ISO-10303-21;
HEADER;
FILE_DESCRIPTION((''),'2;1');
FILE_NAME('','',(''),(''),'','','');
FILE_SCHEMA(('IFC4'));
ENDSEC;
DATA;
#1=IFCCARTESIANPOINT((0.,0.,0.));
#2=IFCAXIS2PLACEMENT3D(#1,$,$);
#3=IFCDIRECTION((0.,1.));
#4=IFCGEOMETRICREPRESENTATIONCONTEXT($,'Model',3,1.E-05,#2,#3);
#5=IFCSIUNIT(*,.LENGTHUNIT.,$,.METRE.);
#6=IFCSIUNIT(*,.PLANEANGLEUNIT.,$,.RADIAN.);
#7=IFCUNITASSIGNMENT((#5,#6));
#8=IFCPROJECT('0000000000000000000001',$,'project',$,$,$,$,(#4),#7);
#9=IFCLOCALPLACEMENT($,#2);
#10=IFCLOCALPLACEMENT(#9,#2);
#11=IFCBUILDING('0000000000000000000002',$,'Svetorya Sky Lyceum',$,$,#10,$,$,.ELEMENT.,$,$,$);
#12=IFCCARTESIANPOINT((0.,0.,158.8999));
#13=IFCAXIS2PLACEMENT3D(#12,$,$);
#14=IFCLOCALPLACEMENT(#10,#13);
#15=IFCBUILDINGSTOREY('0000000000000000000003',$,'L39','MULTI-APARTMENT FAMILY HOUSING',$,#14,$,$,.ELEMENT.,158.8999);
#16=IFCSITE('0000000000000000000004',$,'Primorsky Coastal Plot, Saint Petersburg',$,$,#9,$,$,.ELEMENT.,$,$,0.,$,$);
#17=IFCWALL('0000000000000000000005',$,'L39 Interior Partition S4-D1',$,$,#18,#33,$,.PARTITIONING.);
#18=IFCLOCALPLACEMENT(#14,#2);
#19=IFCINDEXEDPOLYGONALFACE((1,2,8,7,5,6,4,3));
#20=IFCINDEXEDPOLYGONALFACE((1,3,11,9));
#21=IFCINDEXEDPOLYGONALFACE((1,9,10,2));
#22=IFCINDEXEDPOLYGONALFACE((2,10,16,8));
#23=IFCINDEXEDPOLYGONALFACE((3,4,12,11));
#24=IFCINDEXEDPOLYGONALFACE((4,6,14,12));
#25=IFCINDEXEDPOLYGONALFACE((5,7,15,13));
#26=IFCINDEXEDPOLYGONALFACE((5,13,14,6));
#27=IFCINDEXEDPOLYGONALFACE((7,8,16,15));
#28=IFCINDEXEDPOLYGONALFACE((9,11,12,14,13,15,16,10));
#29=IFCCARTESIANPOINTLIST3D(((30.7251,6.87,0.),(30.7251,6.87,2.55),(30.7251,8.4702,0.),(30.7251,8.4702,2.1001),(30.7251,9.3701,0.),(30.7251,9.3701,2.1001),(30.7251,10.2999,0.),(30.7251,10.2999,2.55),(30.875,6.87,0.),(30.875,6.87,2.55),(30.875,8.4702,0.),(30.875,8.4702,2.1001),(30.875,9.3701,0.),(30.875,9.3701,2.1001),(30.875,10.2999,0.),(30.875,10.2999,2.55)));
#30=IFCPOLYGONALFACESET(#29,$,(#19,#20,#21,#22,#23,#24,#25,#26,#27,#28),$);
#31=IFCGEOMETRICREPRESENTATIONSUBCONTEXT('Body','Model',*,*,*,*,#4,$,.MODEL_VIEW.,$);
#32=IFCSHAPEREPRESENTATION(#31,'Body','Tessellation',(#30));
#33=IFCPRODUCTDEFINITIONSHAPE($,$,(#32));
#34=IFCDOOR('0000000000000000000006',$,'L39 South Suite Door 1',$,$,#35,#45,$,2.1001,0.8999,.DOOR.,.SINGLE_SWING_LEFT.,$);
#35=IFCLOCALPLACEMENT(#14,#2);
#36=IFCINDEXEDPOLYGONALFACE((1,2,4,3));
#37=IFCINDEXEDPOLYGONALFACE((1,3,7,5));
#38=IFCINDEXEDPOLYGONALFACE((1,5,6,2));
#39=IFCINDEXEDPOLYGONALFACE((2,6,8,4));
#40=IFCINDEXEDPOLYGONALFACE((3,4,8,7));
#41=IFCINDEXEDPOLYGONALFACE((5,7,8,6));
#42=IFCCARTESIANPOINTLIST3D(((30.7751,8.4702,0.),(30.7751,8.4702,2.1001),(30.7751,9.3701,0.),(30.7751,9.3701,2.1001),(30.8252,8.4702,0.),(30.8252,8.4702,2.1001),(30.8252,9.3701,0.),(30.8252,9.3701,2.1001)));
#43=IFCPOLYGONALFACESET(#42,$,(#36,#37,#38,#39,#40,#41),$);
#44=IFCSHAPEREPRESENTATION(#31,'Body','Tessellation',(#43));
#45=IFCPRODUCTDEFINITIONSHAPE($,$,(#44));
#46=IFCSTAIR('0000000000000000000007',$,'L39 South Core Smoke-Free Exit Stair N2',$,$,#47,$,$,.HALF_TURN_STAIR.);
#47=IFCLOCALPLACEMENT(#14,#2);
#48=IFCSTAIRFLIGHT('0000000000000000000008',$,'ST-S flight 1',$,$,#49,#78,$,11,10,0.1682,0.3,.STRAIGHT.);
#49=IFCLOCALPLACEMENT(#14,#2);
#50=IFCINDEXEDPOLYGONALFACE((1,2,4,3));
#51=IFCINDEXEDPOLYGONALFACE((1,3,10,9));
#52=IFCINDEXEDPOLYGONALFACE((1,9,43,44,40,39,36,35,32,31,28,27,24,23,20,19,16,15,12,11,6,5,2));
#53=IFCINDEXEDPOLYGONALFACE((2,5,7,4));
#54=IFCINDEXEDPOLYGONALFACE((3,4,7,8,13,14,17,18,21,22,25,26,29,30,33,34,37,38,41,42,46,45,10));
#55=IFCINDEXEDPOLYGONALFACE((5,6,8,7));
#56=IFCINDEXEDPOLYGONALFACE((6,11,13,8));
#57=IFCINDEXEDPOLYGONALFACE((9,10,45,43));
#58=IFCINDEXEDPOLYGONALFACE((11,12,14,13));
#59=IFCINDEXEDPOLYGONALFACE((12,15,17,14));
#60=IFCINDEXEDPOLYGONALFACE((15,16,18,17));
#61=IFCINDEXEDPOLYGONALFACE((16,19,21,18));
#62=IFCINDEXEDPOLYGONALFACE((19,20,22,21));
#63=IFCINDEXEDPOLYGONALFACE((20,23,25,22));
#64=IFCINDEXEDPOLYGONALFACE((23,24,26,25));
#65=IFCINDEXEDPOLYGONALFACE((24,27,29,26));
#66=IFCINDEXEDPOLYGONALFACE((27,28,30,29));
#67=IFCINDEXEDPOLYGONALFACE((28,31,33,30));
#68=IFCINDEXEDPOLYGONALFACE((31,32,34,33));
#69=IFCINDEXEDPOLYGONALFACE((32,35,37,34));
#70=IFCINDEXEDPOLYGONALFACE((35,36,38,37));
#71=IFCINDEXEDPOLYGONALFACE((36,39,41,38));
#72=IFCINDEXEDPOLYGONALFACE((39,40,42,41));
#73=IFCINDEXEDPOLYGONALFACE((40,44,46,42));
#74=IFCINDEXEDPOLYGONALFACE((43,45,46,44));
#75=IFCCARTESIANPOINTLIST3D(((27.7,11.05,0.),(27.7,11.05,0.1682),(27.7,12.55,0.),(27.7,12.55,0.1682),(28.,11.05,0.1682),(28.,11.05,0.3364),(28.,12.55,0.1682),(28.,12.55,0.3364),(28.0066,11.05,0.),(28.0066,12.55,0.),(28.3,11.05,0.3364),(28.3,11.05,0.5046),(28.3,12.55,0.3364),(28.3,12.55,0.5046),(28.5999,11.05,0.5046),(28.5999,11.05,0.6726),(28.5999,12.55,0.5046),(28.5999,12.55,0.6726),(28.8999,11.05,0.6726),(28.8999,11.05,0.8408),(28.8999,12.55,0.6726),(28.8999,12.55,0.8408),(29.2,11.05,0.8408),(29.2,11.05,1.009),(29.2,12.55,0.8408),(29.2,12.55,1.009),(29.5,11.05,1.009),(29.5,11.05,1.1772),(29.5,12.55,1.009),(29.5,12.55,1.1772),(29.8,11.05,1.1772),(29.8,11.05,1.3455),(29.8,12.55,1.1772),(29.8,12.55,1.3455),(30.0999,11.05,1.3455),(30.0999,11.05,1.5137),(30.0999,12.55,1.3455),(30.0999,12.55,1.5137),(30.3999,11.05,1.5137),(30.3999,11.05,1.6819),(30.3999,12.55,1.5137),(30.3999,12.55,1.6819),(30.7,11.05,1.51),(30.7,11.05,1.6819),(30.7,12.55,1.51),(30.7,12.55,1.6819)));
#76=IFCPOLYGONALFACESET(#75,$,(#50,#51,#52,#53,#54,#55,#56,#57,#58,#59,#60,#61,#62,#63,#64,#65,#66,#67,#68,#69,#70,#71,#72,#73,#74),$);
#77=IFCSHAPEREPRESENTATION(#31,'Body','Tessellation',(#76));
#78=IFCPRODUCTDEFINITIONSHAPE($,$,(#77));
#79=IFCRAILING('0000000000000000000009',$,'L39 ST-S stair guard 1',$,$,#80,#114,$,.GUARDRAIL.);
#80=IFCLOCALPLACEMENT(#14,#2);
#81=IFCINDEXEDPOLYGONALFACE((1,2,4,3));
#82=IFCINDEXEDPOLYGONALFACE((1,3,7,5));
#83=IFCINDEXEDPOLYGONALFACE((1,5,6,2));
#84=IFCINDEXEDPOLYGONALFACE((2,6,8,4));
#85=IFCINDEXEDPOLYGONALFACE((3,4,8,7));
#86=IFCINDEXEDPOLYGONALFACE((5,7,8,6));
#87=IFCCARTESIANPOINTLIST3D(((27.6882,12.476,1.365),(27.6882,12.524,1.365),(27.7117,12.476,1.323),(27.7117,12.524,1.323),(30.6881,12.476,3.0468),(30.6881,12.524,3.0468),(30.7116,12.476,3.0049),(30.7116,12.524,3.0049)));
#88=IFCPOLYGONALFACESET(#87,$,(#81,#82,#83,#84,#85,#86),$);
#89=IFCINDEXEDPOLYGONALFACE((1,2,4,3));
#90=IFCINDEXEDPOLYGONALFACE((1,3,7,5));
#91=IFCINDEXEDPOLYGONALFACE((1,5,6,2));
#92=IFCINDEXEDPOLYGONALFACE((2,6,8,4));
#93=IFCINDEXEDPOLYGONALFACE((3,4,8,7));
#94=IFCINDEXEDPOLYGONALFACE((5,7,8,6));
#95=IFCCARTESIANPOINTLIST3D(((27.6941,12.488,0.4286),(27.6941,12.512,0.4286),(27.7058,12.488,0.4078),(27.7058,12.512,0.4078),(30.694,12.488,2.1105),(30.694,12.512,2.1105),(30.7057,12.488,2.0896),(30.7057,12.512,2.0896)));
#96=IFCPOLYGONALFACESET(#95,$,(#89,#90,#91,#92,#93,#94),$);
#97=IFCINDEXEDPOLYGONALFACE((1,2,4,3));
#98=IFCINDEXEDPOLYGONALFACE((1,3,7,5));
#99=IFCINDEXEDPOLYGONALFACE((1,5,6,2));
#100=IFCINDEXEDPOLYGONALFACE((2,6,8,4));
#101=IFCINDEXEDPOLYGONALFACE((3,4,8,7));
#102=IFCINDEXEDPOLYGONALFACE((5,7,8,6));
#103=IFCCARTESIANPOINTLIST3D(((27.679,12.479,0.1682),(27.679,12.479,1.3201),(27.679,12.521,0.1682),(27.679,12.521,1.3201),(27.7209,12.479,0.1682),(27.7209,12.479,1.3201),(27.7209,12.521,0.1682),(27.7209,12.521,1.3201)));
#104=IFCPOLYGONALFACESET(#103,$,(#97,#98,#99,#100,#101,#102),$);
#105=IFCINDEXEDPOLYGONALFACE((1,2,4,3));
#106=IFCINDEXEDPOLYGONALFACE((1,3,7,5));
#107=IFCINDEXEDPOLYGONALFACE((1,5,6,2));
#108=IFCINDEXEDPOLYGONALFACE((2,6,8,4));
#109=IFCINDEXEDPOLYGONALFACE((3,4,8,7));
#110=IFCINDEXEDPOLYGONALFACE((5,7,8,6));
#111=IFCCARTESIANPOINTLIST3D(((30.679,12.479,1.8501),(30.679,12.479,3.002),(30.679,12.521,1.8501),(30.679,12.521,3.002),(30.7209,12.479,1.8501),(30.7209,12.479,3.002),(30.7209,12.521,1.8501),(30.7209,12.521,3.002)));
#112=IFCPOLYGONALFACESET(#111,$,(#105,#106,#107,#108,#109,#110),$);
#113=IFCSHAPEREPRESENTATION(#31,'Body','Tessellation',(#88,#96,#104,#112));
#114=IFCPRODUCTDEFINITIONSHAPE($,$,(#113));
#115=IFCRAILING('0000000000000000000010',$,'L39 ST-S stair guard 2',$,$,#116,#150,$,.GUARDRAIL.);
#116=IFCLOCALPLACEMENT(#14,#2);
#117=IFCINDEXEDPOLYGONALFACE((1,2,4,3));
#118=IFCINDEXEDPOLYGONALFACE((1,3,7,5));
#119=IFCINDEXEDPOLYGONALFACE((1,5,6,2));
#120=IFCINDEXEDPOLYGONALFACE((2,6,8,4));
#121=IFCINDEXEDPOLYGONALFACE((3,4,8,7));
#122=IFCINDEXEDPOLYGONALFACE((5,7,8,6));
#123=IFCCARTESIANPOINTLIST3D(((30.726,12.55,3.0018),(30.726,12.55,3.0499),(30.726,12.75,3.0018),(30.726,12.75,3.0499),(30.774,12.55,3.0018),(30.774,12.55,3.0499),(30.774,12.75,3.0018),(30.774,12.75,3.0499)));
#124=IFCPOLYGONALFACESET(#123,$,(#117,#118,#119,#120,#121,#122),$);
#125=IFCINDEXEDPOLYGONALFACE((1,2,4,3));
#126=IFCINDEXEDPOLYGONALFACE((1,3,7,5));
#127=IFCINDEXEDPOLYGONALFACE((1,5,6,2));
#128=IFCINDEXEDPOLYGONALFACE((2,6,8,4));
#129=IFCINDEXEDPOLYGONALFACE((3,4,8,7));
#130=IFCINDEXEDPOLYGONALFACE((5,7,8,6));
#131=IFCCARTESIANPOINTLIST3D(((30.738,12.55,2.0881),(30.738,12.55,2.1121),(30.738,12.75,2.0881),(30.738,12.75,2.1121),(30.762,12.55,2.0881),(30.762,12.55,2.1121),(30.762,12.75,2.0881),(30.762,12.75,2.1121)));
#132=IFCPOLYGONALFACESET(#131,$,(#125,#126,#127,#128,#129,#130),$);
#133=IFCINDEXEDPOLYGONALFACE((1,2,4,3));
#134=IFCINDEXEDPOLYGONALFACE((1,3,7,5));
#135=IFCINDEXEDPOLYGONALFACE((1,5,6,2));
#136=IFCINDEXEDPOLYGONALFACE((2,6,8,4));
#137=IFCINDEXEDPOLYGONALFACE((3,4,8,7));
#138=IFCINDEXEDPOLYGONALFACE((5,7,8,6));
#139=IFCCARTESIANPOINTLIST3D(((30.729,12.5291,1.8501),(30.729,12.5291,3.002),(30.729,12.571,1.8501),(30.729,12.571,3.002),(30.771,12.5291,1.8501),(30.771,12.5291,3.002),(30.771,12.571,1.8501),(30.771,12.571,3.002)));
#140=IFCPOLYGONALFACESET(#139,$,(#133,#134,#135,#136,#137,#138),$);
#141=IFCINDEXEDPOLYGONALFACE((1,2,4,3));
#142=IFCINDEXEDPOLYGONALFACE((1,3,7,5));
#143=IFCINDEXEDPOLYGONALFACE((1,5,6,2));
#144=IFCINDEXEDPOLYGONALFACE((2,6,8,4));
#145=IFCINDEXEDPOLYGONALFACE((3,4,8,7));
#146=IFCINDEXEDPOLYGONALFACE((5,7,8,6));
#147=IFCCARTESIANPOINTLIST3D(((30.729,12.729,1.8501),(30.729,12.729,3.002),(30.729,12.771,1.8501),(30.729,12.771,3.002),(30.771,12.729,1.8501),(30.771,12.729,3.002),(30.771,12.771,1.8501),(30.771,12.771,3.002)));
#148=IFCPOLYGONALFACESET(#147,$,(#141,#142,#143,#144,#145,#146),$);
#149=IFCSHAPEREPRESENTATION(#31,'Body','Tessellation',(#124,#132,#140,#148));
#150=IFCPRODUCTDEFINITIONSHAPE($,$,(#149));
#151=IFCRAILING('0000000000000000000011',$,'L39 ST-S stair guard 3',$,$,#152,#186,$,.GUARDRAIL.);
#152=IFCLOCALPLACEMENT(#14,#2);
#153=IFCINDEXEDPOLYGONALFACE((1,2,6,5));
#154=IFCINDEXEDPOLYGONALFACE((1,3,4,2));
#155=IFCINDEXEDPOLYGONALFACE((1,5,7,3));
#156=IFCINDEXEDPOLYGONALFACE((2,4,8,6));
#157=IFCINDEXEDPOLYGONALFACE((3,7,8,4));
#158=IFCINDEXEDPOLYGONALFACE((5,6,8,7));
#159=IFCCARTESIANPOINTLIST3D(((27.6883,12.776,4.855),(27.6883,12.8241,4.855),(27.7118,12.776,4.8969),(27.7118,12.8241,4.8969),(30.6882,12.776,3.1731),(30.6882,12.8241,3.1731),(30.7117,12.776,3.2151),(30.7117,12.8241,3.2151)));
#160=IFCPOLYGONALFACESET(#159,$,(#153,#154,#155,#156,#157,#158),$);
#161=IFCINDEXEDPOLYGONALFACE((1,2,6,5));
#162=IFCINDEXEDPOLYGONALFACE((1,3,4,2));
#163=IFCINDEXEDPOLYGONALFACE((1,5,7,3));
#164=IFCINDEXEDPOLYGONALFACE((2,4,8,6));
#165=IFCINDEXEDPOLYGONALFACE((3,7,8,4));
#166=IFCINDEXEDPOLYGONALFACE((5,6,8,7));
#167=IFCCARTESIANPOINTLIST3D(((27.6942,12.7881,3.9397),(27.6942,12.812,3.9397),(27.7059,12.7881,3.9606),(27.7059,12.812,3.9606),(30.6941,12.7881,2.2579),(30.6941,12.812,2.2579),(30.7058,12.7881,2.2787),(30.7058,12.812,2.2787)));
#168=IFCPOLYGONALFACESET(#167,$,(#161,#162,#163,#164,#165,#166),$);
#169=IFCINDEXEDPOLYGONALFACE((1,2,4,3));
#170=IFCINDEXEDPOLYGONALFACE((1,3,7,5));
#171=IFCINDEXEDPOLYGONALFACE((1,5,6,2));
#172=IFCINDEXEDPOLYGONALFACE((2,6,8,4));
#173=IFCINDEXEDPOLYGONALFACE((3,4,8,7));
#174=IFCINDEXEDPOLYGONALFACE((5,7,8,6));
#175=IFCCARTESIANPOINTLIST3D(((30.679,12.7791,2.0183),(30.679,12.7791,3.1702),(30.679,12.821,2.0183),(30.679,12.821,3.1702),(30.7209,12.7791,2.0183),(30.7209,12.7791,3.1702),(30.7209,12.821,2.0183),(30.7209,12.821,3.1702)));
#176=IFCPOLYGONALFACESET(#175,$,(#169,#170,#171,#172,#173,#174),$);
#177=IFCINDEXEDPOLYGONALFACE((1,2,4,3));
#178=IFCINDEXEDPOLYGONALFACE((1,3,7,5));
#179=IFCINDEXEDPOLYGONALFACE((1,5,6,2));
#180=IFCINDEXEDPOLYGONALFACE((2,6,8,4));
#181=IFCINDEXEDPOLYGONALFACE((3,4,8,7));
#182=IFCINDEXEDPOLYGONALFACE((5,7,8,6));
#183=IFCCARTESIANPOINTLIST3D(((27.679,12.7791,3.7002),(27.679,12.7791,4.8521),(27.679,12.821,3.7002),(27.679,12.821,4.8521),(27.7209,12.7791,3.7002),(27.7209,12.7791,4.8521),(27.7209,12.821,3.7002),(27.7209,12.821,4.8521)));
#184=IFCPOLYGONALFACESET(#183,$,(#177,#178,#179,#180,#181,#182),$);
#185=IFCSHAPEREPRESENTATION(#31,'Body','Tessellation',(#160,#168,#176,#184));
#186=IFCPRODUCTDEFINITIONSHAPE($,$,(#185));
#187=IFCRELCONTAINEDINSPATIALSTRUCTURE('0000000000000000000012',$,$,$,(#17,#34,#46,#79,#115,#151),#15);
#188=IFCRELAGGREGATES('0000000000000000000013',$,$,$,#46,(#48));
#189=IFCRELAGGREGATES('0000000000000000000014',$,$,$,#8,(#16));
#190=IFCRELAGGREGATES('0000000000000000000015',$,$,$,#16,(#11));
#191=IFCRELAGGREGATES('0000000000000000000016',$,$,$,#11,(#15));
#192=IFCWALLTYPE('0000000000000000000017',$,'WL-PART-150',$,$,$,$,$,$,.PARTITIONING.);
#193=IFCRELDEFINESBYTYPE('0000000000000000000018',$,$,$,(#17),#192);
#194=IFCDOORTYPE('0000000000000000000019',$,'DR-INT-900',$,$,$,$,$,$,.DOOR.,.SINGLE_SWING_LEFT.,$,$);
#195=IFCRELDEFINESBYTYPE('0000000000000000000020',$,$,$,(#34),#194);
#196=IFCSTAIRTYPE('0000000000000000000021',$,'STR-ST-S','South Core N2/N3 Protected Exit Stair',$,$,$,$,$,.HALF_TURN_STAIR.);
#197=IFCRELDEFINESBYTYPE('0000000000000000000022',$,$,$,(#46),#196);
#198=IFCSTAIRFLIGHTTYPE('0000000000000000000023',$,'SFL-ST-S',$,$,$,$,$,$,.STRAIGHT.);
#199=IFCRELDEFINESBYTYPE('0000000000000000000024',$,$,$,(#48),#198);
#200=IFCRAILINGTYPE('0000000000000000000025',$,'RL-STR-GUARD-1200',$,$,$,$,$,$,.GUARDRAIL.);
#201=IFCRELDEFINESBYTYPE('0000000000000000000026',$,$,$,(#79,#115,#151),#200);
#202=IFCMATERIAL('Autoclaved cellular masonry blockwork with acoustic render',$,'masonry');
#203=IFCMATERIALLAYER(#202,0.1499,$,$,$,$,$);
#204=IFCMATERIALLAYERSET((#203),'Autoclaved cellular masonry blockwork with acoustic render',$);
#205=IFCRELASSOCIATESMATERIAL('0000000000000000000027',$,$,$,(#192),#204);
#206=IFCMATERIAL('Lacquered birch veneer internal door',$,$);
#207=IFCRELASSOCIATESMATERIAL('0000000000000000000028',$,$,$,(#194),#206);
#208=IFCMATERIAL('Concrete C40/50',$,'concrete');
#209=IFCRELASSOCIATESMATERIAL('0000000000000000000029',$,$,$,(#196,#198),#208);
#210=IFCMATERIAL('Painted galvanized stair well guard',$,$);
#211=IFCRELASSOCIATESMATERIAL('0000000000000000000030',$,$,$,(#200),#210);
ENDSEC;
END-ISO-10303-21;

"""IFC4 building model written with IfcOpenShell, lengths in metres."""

from ifc_helpers import new_model, si_unit, direction, frame, frame_2d, origin, origin_2d, place, context, subcontext, project, spatial, polyline, rectangle, outline, extrude, material, layer, layer_set, type_object, element, fill, aggregate, save


model = new_model("IFC4")

# Units and contexts
model_context = context("Model", 3, precision=1e-05, world=origin(), true_north=direction((0.0, 1.0)))
body_context = subcontext(model_context, "Body", "Model", "MODEL_VIEW")
ifc_project = project(units=[si_unit("LENGTHUNIT", "METRE"), si_unit("PLANEANGLEUNIT", "RADIAN")], contexts=[model_context])

# Site, building, storey
site_placement = place(None, origin())
site = spatial("IfcSite", under=ifc_project, at=site_placement, Name="Primorsky Coastal Plot, Saint Petersburg", CompositionType="ELEMENT", RefElevation=0.0)
building_placement = place(site_placement, origin())
building = spatial("IfcBuilding", under=site, at=building_placement, Name="Svetorya Sky Lyceum", CompositionType="ELEMENT")
storey_placement = place(building_placement, frame((0.0, 0.0, 158.8999)))
storey = spatial("IfcBuildingStorey", under=building, at=storey_placement, Name="L39", Description="MULTI-APARTMENT FAMILY HOUSING", CompositionType="ELEMENT", Elevation=158.8999)

# Shared definitions
ifc_material_1 = material(Name="Concrete C40/50", Category="concrete")

# Wall, opening, door
ifc_material_2 = material(Name="Autoclaved cellular masonry blockwork with acoustic render", Category="masonry")
ifc_layer_1 = layer(ifc_material_2, 0.1499)
ifc_layer_set_1 = layer_set([ifc_layer_1], Name="Autoclaved cellular masonry blockwork with acoustic render")
wall_type_1 = type_object("IfcWallType", Name="WL-PART-150", PredefinedType="PARTITIONING", material=ifc_layer_set_1)
wall_1_placement = place(storey_placement, frame((30.8, 6.8701, 0.0), z_axis=(0.0, 0.0, 1.0), x_axis=(0.0, 1.0, 0.0)))
wall_1 = element("IfcWall", 1, at=wall_1_placement, inside=storey, type_object=wall_type_1, Name="L39 Interior Partition S4-D1", PredefinedType="PARTITIONING", context=body_context, shape_type="SweptSolid", body=[
    extrude(rectangle(XDim=3.4299, YDim=0.1499, at=frame_2d((1.7148, 0.0))), origin(), (0.0, 0.0, 1.0), 2.55),
])
opening_placement = place(wall_1_placement, frame((1.6001, 0.0, 0.0)))
opening = element("IfcOpeningElement", 2, at=opening_placement, cuts=wall_1, PredefinedType="OPENING", context=body_context, shape_type="SweptSolid", body=[
    extrude(rectangle(XDim=0.8999, YDim=2.1001, at=frame_2d((0.45, 1.05))), frame((0.0, 0.085, 0.0), z_axis=(0.0, -1.0, 0.0), x_axis=(1.0, 0.0, 0.0)), (0.0, 0.0, 1.0), 0.1699),
])
ifc_material_3 = material(Name="Lacquered birch veneer internal door")
door_type = type_object("IfcDoorType", Name="DR-INT-900", OperationType="SINGLE_SWING_LEFT", PredefinedType="DOOR", material=ifc_material_3)
door_placement = place(opening_placement, origin())
door = element("IfcDoor", 3, at=door_placement, inside=storey, type_object=door_type, Name="L39 South Suite Door 1", OperationType="SINGLE_SWING_LEFT", OverallHeight=2.1001, OverallWidth=0.8999, PredefinedType="DOOR", context=body_context, shape_type="SweptSolid", body=[
    extrude(rectangle(XDim=0.8999, YDim=2.1001, at=frame_2d((0.45, 1.05))), frame((0.0, 0.0249, 0.0), z_axis=(0.0, -1.0, 0.0), x_axis=(1.0, 0.0, 0.0)), (0.0, 0.0, 1.0), 0.05),
])
fill(opening, door)

# Stair, stair flight
stair_type = type_object("IfcStairType", Name="STR-ST-S", Description="South Core N2/N3 Protected Exit Stair", PredefinedType="HALF_TURN_STAIR", material=ifc_material_1)
stair_placement = place(storey_placement, origin())
stair = element("IfcStair", 4, at=stair_placement, inside=storey, type_object=stair_type, Name="L39 South Core Smoke-Free Exit Stair N2", PredefinedType="HALF_TURN_STAIR")
stair_flight_type = type_object("IfcStairFlightType", Name="SFL-ST-S", PredefinedType="STRAIGHT", material=ifc_material_1)
stair_flight_placement = place(storey_placement, frame((27.7, 11.8, 0.0), z_axis=(0.0, 0.0, 1.0), x_axis=(1.0, 0.0, 0.0)))
stair_flight = element("IfcStairFlight", 5, at=stair_flight_placement, type_object=stair_flight_type, Name="ST-S flight 1", NumberOfRisers=11, NumberOfTreads=10, PredefinedType="STRAIGHT", RiserHeight=0.1682, TreadLength=0.3, context=body_context, shape_type="SweptSolid", body=[
    extrude(outline(polyline([(0.0, 0.0), (0.0, 0.1682), (0.3, 0.1682), (0.3, 0.3364), (0.6001, 0.3364), (0.6001, 0.5046), (0.8999, 0.5046), (0.8999, 0.6726), (1.2, 0.6726), (1.2, 0.8408), (1.5, 0.8408), (1.5, 1.009), (1.8, 1.009), (1.8, 1.1772), (2.1001, 1.1772), (2.1001, 1.3455), (2.3999, 1.3455), (2.3999, 1.5137), (2.7, 1.5137), (2.7, 1.6819), (3.0, 1.6819), (3.0, 1.8501), (3.0, 1.51), (0.3066, 0.0), (0.0, 0.0)])), frame((0.0, 0.75, 0.0), z_axis=(0.0, -1.0, 0.0), x_axis=(1.0, 0.0, 0.0)), (0.0, 0.0, 1.0), 1.5),
])
aggregate(stair, [stair_flight])

# Railings
ifc_material_4 = material(Name="Painted galvanized stair well guard")
railing_type_1 = type_object("IfcRailingType", Name="RL-STR-GUARD-1200", PredefinedType="GUARDRAIL", material=ifc_material_4)
railing_1_placement = place(storey_placement, frame((27.7, 12.5, 0.1682)))
element("IfcRailing", 6, at=railing_1_placement, inside=storey, type_object=railing_type_1, Name="L39 ST-S stair guard 1", PredefinedType="GUARDRAIL", context=body_context, shape_type="SweptSolid", body=[
    extrude(rectangle(XDim=0.0481, YDim=0.0481, at=origin_2d()), frame((0.0, 0.0, 1.1758), z_axis=(0.872272, 0.0, 0.48902), x_axis=(0.0, 1.0, 0.0)), (0.0, 0.0, 1.0), 3.4392),
    extrude(rectangle(XDim=0.0239, YDim=0.0239, at=origin_2d()), frame((0.0, 0.0, 0.25), z_axis=(0.872272, 0.0, 0.48902), x_axis=(0.0, 1.0, 0.0)), (0.0, 0.0, 1.0), 3.4392),
    extrude(rectangle(XDim=0.042, YDim=0.042, at=origin_2d()), origin(), (0.0, 0.0, 1.0), 1.1519),
    extrude(rectangle(XDim=0.042, YDim=0.042, at=origin_2d()), frame((3.0, 0.0, 1.6819)), (0.0, 0.0, 1.0), 1.1519),
])
railing_2_placement = place(storey_placement, frame((30.75, 12.55, 1.8501)))
element("IfcRailing", 7, at=railing_2_placement, inside=storey, type_object=railing_type_1, Name="L39 ST-S stair guard 2", PredefinedType="GUARDRAIL", context=body_context, shape_type="SweptSolid", body=[
    extrude(rectangle(XDim=0.0481, YDim=0.0481, at=origin_2d()), frame((0.0, 0.0, 1.1758), z_axis=(0.0, 1.0, 0.0), x_axis=(-1.0, 0.0, 0.0)), (0.0, 0.0, 1.0), 0.2),
    extrude(rectangle(XDim=0.0239, YDim=0.0239, at=origin_2d()), frame((0.0, 0.0, 0.25), z_axis=(0.0, 1.0, 0.0), x_axis=(-1.0, 0.0, 0.0)), (0.0, 0.0, 1.0), 0.2),
    extrude(rectangle(XDim=0.042, YDim=0.042, at=origin_2d()), origin(), (0.0, 0.0, 1.0), 1.1519),
    extrude(rectangle(XDim=0.042, YDim=0.042, at=origin_2d()), frame((0.0, 0.2, 0.0)), (0.0, 0.0, 1.0), 1.1519),
])
railing_3_placement = place(storey_placement, frame((30.7, 12.8, 2.0183)))
element("IfcRailing", 8, at=railing_3_placement, inside=storey, type_object=railing_type_1, Name="L39 ST-S stair guard 3", PredefinedType="GUARDRAIL", context=body_context, shape_type="SweptSolid", body=[
    extrude(rectangle(XDim=0.0481, YDim=0.0481, at=origin_2d()), frame((0.0, 0.0, 1.1758), z_axis=(-0.872272, 0.0, 0.48902), x_axis=(0.0, -1.0, 0.0)), (0.0, 0.0, 1.0), 3.4392),
    extrude(rectangle(XDim=0.0239, YDim=0.0239, at=origin_2d()), frame((0.0, 0.0, 0.25), z_axis=(-0.872272, 0.0, 0.48902), x_axis=(0.0, -1.0, 0.0)), (0.0, 0.0, 1.0), 3.4392),
    extrude(rectangle(XDim=0.042, YDim=0.042, at=origin_2d()), origin(), (0.0, 0.0, 1.0), 1.1519),
    extrude(rectangle(XDim=0.042, YDim=0.042, at=origin_2d()), frame((-3.0, 0.0, 1.6819)), (0.0, 0.0, 1.0), 1.1519),
])

save(model, "model.ifc")
